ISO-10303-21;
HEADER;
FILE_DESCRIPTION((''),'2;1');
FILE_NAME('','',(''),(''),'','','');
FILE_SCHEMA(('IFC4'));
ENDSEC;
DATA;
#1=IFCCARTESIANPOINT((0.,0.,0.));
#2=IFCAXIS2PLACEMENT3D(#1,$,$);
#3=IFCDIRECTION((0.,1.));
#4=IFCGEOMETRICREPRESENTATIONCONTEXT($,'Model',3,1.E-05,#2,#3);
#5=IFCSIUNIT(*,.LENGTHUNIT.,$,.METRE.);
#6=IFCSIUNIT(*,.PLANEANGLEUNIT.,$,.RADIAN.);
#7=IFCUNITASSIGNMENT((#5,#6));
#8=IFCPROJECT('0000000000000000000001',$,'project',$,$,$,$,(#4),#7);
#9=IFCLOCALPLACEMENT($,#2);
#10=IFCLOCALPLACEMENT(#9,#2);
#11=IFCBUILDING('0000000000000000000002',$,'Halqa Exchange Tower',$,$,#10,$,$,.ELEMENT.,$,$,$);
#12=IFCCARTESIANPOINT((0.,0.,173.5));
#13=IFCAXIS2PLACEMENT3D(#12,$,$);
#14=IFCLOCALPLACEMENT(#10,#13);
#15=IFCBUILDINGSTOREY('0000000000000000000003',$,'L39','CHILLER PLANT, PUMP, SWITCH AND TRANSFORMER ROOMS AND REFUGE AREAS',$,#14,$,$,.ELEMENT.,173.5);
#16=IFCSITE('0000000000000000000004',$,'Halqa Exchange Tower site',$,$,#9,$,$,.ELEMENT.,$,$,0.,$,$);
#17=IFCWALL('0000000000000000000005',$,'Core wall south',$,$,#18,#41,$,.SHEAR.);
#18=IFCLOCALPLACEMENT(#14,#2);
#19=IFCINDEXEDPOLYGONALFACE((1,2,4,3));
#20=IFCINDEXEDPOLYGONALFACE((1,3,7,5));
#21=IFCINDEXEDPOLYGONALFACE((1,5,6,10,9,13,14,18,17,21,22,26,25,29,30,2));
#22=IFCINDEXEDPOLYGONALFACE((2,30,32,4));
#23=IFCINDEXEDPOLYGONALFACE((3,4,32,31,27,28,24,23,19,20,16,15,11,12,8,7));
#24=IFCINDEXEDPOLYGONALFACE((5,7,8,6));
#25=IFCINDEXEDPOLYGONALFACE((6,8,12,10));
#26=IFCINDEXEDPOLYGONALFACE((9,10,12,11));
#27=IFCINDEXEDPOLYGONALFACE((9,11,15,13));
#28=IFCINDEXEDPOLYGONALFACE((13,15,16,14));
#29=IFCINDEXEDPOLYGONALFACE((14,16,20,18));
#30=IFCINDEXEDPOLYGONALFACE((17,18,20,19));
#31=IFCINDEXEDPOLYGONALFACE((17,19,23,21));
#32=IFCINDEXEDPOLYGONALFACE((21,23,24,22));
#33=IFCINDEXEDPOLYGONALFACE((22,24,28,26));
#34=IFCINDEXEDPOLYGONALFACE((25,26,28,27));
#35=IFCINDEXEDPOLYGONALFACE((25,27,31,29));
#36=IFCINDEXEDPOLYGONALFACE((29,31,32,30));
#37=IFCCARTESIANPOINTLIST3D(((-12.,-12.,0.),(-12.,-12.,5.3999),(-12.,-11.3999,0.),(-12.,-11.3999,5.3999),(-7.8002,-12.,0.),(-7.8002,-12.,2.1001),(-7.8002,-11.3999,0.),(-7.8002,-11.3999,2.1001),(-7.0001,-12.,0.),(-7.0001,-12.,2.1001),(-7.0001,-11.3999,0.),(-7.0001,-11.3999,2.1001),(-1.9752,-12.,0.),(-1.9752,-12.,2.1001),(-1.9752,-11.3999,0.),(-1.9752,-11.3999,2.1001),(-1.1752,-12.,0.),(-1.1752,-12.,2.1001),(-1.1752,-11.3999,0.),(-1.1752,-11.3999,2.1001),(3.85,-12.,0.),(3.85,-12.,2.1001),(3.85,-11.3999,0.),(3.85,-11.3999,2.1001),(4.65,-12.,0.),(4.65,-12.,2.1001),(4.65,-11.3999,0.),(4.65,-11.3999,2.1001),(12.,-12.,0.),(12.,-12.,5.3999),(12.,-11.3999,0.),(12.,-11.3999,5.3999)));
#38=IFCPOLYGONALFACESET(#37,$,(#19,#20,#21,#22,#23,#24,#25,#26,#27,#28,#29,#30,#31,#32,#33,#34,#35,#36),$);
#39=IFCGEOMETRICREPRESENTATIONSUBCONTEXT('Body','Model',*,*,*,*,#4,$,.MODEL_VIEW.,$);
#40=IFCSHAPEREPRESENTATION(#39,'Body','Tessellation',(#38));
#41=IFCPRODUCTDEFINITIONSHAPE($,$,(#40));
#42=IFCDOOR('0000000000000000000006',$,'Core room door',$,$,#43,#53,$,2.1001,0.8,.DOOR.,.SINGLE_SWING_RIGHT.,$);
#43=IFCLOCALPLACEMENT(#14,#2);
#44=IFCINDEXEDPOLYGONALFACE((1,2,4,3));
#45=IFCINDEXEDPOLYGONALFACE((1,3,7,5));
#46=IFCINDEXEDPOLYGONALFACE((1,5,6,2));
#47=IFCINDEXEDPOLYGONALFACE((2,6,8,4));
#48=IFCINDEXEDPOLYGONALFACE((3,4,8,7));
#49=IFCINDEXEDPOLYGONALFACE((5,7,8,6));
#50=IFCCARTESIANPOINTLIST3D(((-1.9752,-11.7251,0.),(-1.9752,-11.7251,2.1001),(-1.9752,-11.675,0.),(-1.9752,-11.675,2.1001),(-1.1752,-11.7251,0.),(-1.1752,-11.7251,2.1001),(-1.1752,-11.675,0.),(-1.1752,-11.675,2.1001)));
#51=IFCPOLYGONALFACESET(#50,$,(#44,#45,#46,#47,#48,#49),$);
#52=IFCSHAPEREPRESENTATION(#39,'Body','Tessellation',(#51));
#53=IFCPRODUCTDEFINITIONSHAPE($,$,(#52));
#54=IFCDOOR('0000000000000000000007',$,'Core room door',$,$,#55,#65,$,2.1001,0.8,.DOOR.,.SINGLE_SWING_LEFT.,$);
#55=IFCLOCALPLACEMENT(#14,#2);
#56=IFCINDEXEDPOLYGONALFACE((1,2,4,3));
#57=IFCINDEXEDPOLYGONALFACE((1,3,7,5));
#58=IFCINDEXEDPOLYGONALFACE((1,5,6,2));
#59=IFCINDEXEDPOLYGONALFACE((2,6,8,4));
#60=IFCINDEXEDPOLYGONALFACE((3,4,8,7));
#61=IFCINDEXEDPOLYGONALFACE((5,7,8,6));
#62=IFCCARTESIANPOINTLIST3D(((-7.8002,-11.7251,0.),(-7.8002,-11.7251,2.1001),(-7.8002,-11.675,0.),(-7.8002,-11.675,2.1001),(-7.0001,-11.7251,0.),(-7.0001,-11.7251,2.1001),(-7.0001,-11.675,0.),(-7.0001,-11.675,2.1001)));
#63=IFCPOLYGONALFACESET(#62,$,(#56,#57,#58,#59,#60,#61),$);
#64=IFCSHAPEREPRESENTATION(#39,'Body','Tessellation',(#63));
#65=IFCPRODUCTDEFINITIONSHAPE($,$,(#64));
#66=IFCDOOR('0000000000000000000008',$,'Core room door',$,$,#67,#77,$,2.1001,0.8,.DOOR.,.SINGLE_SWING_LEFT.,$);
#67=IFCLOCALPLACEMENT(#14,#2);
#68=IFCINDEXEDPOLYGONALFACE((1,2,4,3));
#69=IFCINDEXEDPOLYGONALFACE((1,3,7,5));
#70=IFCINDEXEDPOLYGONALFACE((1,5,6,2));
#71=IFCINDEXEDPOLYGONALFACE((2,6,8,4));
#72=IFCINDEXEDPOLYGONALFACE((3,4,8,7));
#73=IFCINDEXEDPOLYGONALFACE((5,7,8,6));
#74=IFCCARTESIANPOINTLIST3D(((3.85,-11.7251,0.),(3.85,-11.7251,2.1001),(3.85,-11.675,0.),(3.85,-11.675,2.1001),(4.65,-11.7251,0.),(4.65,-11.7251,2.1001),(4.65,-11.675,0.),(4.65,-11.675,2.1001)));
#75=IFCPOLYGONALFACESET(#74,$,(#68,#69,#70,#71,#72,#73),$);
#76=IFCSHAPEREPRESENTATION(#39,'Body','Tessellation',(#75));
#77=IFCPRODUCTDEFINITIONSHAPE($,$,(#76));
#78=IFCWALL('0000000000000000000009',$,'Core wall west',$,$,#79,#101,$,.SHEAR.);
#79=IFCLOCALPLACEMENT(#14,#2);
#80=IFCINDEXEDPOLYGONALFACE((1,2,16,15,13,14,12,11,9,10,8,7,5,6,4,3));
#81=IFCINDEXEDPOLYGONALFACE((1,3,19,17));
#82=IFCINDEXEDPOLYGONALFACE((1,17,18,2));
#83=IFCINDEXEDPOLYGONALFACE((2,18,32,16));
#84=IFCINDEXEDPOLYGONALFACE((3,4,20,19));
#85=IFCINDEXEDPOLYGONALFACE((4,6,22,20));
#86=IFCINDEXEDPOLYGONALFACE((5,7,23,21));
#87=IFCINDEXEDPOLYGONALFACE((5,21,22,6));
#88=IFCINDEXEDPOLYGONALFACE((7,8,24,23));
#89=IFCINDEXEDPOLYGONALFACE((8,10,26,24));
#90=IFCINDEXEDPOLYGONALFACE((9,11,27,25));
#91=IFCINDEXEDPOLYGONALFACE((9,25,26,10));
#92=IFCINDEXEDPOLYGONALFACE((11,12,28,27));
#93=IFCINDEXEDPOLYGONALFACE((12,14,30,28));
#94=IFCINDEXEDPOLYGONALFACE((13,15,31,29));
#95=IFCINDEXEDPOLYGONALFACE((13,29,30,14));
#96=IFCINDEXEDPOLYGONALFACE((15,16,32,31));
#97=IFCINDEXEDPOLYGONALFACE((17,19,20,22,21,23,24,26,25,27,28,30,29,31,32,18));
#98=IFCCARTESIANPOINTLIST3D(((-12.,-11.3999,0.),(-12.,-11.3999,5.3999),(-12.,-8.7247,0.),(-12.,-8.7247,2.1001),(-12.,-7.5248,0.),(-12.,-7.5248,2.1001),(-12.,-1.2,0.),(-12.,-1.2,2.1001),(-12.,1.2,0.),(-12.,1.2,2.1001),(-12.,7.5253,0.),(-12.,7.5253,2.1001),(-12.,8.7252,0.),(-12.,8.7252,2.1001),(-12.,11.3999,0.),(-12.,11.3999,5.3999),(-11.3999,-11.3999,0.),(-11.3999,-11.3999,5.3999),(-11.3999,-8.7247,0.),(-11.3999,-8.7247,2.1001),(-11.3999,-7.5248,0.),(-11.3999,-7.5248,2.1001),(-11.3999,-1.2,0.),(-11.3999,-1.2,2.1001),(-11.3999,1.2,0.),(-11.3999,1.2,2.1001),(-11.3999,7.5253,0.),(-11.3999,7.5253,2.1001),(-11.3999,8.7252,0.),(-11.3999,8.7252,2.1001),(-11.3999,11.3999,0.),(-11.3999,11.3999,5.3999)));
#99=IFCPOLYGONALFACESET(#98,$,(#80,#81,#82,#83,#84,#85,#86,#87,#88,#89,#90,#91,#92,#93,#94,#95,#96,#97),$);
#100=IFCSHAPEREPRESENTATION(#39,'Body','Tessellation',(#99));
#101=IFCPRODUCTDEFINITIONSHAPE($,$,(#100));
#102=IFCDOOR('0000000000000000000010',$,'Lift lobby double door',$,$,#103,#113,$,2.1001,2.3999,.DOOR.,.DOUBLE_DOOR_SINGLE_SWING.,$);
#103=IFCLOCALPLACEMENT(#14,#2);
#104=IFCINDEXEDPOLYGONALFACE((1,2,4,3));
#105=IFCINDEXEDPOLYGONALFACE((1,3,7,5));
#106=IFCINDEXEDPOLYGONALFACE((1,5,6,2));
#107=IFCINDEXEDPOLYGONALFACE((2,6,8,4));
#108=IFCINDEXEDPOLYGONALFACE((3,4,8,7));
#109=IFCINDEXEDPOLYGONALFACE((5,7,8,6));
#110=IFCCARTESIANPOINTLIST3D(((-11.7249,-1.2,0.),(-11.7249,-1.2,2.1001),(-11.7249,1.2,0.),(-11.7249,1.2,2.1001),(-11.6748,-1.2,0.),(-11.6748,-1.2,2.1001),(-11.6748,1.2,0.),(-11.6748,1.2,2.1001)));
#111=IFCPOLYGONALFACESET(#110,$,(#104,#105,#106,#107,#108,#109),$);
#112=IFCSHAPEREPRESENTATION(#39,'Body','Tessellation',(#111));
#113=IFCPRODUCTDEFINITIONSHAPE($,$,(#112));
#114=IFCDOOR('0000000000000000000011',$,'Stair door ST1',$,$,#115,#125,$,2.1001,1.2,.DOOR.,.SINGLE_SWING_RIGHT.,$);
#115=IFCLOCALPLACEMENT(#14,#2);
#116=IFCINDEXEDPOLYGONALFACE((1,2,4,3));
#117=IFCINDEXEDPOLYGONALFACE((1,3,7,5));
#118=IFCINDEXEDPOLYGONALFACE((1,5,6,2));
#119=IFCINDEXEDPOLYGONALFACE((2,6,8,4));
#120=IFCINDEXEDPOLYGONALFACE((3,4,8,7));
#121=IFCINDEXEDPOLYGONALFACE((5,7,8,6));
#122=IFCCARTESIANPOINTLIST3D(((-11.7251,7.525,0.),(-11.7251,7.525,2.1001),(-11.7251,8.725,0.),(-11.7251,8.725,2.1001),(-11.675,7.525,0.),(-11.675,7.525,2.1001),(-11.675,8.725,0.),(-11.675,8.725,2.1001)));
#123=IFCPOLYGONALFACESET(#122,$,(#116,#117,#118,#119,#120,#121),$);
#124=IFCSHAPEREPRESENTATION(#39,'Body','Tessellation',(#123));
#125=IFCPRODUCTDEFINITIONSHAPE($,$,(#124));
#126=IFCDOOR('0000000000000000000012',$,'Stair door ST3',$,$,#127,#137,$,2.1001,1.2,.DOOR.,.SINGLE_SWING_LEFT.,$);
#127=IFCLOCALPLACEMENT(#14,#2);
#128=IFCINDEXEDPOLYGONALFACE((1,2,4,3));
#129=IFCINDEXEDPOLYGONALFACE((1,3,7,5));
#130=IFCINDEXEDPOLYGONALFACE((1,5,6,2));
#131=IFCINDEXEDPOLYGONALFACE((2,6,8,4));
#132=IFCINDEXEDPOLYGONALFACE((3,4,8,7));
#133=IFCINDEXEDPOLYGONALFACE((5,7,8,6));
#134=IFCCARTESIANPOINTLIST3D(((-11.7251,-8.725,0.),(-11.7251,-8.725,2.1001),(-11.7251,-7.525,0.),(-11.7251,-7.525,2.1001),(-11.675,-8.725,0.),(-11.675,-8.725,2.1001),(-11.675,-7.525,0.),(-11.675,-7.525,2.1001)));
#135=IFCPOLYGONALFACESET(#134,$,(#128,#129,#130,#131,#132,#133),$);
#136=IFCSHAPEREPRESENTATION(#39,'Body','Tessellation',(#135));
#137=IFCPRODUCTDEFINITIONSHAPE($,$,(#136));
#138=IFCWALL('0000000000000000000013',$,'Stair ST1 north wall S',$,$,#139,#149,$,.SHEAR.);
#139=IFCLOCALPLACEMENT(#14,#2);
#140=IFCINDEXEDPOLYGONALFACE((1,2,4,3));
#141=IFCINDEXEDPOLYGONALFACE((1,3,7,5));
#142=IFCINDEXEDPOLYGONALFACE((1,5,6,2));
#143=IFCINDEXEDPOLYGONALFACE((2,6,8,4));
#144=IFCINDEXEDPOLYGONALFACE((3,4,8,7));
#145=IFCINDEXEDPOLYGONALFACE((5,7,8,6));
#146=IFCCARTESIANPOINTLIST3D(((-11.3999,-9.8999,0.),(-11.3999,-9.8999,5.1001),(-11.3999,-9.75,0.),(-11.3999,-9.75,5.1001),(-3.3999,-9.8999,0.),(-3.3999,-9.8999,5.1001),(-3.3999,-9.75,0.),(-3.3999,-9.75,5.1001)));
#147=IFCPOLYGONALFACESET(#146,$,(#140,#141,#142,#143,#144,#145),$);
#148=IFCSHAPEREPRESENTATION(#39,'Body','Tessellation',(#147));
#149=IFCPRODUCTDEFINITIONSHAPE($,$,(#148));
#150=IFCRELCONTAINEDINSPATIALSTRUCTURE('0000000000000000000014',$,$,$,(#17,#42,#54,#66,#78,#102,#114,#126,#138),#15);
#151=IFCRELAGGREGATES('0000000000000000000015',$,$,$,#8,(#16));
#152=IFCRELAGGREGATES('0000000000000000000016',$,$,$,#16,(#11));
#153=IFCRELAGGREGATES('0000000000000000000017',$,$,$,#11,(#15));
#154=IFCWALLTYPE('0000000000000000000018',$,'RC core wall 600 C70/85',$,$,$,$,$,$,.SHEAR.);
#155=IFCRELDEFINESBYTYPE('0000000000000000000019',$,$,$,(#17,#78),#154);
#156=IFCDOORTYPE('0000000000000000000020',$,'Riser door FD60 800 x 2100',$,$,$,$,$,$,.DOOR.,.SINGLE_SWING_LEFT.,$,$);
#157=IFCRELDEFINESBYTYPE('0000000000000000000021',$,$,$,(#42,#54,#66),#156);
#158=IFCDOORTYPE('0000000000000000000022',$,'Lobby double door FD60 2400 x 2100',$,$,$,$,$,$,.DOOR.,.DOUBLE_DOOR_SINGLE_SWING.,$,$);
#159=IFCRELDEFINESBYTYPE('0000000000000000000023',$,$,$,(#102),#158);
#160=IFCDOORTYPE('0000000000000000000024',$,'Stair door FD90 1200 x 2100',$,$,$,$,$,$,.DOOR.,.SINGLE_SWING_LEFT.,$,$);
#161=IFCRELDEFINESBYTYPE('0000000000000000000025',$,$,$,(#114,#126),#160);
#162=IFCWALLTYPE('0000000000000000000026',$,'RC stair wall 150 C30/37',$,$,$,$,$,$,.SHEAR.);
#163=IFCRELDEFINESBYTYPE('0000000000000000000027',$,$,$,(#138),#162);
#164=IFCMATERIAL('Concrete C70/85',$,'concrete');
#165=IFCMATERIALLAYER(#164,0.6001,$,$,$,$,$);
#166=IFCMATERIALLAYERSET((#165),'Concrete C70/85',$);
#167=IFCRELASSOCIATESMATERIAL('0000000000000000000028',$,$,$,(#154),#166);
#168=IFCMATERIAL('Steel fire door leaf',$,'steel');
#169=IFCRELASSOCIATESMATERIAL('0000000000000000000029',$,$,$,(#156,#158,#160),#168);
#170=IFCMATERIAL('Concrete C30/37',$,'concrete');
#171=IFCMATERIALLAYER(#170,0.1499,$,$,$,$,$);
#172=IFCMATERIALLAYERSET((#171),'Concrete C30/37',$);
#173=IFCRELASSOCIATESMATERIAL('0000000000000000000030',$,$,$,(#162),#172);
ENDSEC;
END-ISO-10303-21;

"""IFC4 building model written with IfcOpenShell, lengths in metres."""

from ifc_helpers import new_model, si_unit, direction, frame, frame_2d, origin, place, context, subcontext, project, spatial, rectangle, extrude, material, layer, layer_set, type_object, element, fill, save


model = new_model("IFC4")

# Units and contexts
model_context = context("Model", 3, precision=1e-05, world=origin(), true_north=direction((0.0, 1.0)))
body_context = subcontext(model_context, "Body", "Model", "MODEL_VIEW")
ifc_project = project(units=[si_unit("LENGTHUNIT", "METRE"), si_unit("PLANEANGLEUNIT", "RADIAN")], contexts=[model_context])

# Site, building, storey
site_placement = place(None, origin())
site = spatial("IfcSite", under=ifc_project, at=site_placement, Name="Halqa Exchange Tower site", CompositionType="ELEMENT", RefElevation=0.0)
building_placement = place(site_placement, origin())
building = spatial("IfcBuilding", under=site, at=building_placement, Name="Halqa Exchange Tower", CompositionType="ELEMENT")
storey_placement = place(building_placement, frame((0.0, 0.0, 173.5)))
storey = spatial("IfcBuildingStorey", under=building, at=storey_placement, Name="L39", Description="CHILLER PLANT, PUMP, SWITCH AND TRANSFORMER ROOMS AND REFUGE AREAS", CompositionType="ELEMENT", Elevation=173.5)

# Shared definitions
ifc_material_1 = material(Name="Concrete C70/85", Category="concrete")

# Walls, openings, doors
ifc_layer_1 = layer(ifc_material_1, 0.6001)
ifc_layer_set_1 = layer_set([ifc_layer_1], Name="Concrete C70/85")
wall_type_1 = type_object("IfcWallType", Name="RC core wall 600 C70/85", PredefinedType="SHEAR", material=ifc_layer_set_1)
wall_1_placement = place(storey_placement, frame((-12.0, -11.7, 0.0), z_axis=(0.0, 0.0, 1.0), x_axis=(1.0, 0.0, 0.0)))
wall_1 = element("IfcWall", 1, at=wall_1_placement, inside=storey, type_object=wall_type_1, Name="Core wall south", PredefinedType="SHEAR", context=body_context, shape_type="SweptSolid", body=[
    extrude(rectangle(XDim=24.0, YDim=0.6001, at=frame_2d((12.0, 0.0))), origin(), (0.0, 0.0, 1.0), 5.3999),
])
opening_1_placement = place(wall_1_placement, frame((10.0249, 0.0, 0.0)))
opening_1 = element("IfcOpeningElement", 2, at=opening_1_placement, cuts=wall_1, PredefinedType="OPENING", context=body_context, shape_type="SweptSolid", body=[
    extrude(rectangle(XDim=0.8, YDim=2.1001, at=frame_2d((0.3999, 1.05))), frame((0.0, 0.312, 0.0), z_axis=(0.0, -1.0, 0.0), x_axis=(1.0, 0.0, 0.0)), (0.0, 0.0, 1.0), 0.624),
])
opening_2_placement = place(wall_1_placement, frame((4.2, 0.0, 0.0)))
opening_2 = element("IfcOpeningElement", 3, at=opening_2_placement, cuts=wall_1, PredefinedType="OPENING", context=body_context, shape_type="SweptSolid", body=[
    extrude(rectangle(XDim=0.8, YDim=2.1001, at=frame_2d((0.3999, 1.05))), frame((0.0, 0.312, 0.0), z_axis=(0.0, -1.0, 0.0), x_axis=(1.0, 0.0, 0.0)), (0.0, 0.0, 1.0), 0.624),
])
opening_3_placement = place(wall_1_placement, frame((15.8501, 0.0, 0.0)))
opening_3 = element("IfcOpeningElement", 4, at=opening_3_placement, cuts=wall_1, PredefinedType="OPENING", context=body_context, shape_type="SweptSolid", body=[
    extrude(rectangle(XDim=0.8, YDim=2.1001, at=frame_2d((0.3999, 1.05))), frame((0.0, 0.312, 0.0), z_axis=(0.0, -1.0, 0.0), x_axis=(1.0, 0.0, 0.0)), (0.0, 0.0, 1.0), 0.624),
])
ifc_material_2 = material(Name="Steel fire door leaf", Category="steel")
door_type_1 = type_object("IfcDoorType", Name="Riser door FD60 800 x 2100", OperationType="SINGLE_SWING_LEFT", PredefinedType="DOOR", material=ifc_material_2)
door_1_placement = place(opening_1_placement, origin())
door_1 = element("IfcDoor", 5, at=door_1_placement, inside=storey, type_object=door_type_1, Name="Core room door", OperationType="SINGLE_SWING_RIGHT", OverallHeight=2.1001, OverallWidth=0.8, PredefinedType="DOOR", context=body_context, shape_type="SweptSolid", body=[
    extrude(rectangle(XDim=0.8, YDim=2.1001, at=frame_2d((0.3999, 1.05))), frame((0.0, 0.0249, 0.0), z_axis=(0.0, -1.0, 0.0), x_axis=(1.0, 0.0, 0.0)), (0.0, 0.0, 1.0), 0.05),
])
fill(opening_1, door_1)
door_2_placement = place(opening_2_placement, origin())
door_2 = element("IfcDoor", 6, at=door_2_placement, inside=storey, type_object=door_type_1, Name="Core room door", OperationType="SINGLE_SWING_LEFT", OverallHeight=2.1001, OverallWidth=0.8, PredefinedType="DOOR", context=body_context, shape_type="SweptSolid", body=[
    extrude(rectangle(XDim=0.8, YDim=2.1001, at=frame_2d((0.3999, 1.05))), frame((0.0, 0.0249, 0.0), z_axis=(0.0, -1.0, 0.0), x_axis=(1.0, 0.0, 0.0)), (0.0, 0.0, 1.0), 0.05),
])
fill(opening_2, door_2)
door_3_placement = place(opening_3_placement, origin())
door_3 = element("IfcDoor", 7, at=door_3_placement, inside=storey, type_object=door_type_1, Name="Core room door", OperationType="SINGLE_SWING_LEFT", OverallHeight=2.1001, OverallWidth=0.8, PredefinedType="DOOR", context=body_context, shape_type="SweptSolid", body=[
    extrude(rectangle(XDim=0.8, YDim=2.1001, at=frame_2d((0.3999, 1.05))), frame((0.0, 0.0249, 0.0), z_axis=(0.0, -1.0, 0.0), x_axis=(1.0, 0.0, 0.0)), (0.0, 0.0, 1.0), 0.05),
])
fill(opening_3, door_3)
wall_2_placement = place(storey_placement, frame((-11.7, -11.3999, 0.0), z_axis=(0.0, 0.0, 1.0), x_axis=(0.0, 1.0, 0.0)))
wall_2 = element("IfcWall", 8, at=wall_2_placement, inside=storey, type_object=wall_type_1, Name="Core wall west", PredefinedType="SHEAR", context=body_context, shape_type="SweptSolid", body=[
    extrude(rectangle(XDim=22.7998, YDim=0.6001, at=frame_2d((11.3999, 0.0))), origin(), (0.0, 0.0, 1.0), 5.3999),
])
opening_4_placement = place(wall_2_placement, frame((10.2, 0.0, 0.0)))
opening_4 = element("IfcOpeningElement", 9, at=opening_4_placement, cuts=wall_2, PredefinedType="OPENING", context=body_context, shape_type="SweptSolid", body=[
    extrude(rectangle(XDim=2.3999, YDim=2.1001, at=frame_2d((1.2, 1.05))), frame((0.0, 0.312, 0.0), z_axis=(0.0, -1.0, 0.0), x_axis=(1.0, 0.0, 0.0)), (0.0, 0.0, 1.0), 0.624),
])
opening_5_placement = place(wall_2_placement, frame((18.925, 0.0, 0.0)))
opening_5 = element("IfcOpeningElement", 10, at=opening_5_placement, cuts=wall_2, PredefinedType="OPENING", context=body_context, shape_type="SweptSolid", body=[
    extrude(rectangle(XDim=1.2, YDim=2.1001, at=frame_2d((0.6001, 1.05))), frame((0.0, 0.312, 0.0), z_axis=(0.0, -1.0, 0.0), x_axis=(1.0, 0.0, 0.0)), (0.0, 0.0, 1.0), 0.624),
])
opening_6_placement = place(wall_2_placement, frame((2.675, 0.0, 0.0)))
opening_6 = element("IfcOpeningElement", 11, at=opening_6_placement, cuts=wall_2, PredefinedType="OPENING", context=body_context, shape_type="SweptSolid", body=[
    extrude(rectangle(XDim=1.2, YDim=2.1001, at=frame_2d((0.6001, 1.05))), frame((0.0, 0.312, 0.0), z_axis=(0.0, -1.0, 0.0), x_axis=(1.0, 0.0, 0.0)), (0.0, 0.0, 1.0), 0.624),
])
door_type_2 = type_object("IfcDoorType", Name="Lobby double door FD60 2400 x 2100", OperationType="DOUBLE_DOOR_SINGLE_SWING", PredefinedType="DOOR", material=ifc_material_2)
door_4_placement = place(opening_4_placement, origin())
door_4 = element("IfcDoor", 12, at=door_4_placement, inside=storey, type_object=door_type_2, Name="Lift lobby double door", OperationType="DOUBLE_DOOR_SINGLE_SWING", OverallHeight=2.1001, OverallWidth=2.3999, PredefinedType="DOOR", context=body_context, shape_type="SweptSolid", body=[
    extrude(rectangle(XDim=2.3999, YDim=2.1001, at=frame_2d((1.2, 1.05))), frame((0.0, 0.0249, 0.0), z_axis=(0.0, -1.0, 0.0), x_axis=(1.0, 0.0, 0.0)), (0.0, 0.0, 1.0), 0.05),
])
fill(opening_4, door_4)
door_type_3 = type_object("IfcDoorType", Name="Stair door FD90 1200 x 2100", OperationType="SINGLE_SWING_LEFT", PredefinedType="DOOR", material=ifc_material_2)
door_5_placement = place(opening_5_placement, frame((1.2, 0.0, 0.0), z_axis=(0.0, 0.0, 1.0), x_axis=(-1.0, 0.0, 0.0)))
door_5 = element("IfcDoor", 13, at=door_5_placement, inside=storey, type_object=door_type_3, Name="Stair door ST1", OperationType="SINGLE_SWING_RIGHT", OverallHeight=2.1001, OverallWidth=1.2, PredefinedType="DOOR", context=body_context, shape_type="SweptSolid", body=[
    extrude(rectangle(XDim=1.2, YDim=2.1001, at=frame_2d((0.6001, 1.05))), frame((0.0, 0.0249, 0.0), z_axis=(0.0, -1.0, 0.0), x_axis=(1.0, 0.0, 0.0)), (0.0, 0.0, 1.0), 0.05),
])
fill(opening_5, door_5)
door_6_placement = place(opening_6_placement, frame((1.2, 0.0, 0.0), z_axis=(0.0, 0.0, 1.0), x_axis=(-1.0, 0.0, 0.0)))
door_6 = element("IfcDoor", 14, at=door_6_placement, inside=storey, type_object=door_type_3, Name="Stair door ST3", OperationType="SINGLE_SWING_LEFT", OverallHeight=2.1001, OverallWidth=1.2, PredefinedType="DOOR", context=body_context, shape_type="SweptSolid", body=[
    extrude(rectangle(XDim=1.2, YDim=2.1001, at=frame_2d((0.6001, 1.05))), frame((0.0, 0.0249, 0.0), z_axis=(0.0, -1.0, 0.0), x_axis=(1.0, 0.0, 0.0)), (0.0, 0.0, 1.0), 0.05),
])
fill(opening_6, door_6)

# Wall
ifc_material_3 = material(Name="Concrete C30/37", Category="concrete")
ifc_layer_2 = layer(ifc_material_3, 0.1499)
ifc_layer_set_2 = layer_set([ifc_layer_2], Name="Concrete C30/37")
wall_type_2 = type_object("IfcWallType", Name="RC stair wall 150 C30/37", PredefinedType="SHEAR", material=ifc_layer_set_2)
wall_3_placement = place(storey_placement, frame((-11.3999, -9.825, 0.0), z_axis=(0.0, 0.0, 1.0), x_axis=(1.0, 0.0, 0.0)))
element("IfcWall", 15, at=wall_3_placement, inside=storey, type_object=wall_type_2, Name="Stair ST1 north wall S", PredefinedType="SHEAR", context=body_context, shape_type="SweptSolid", body=[
    extrude(rectangle(XDim=8.0, YDim=0.1499, at=frame_2d((4.0, 0.0))), origin(), (0.0, 0.0, 1.0), 5.1001),
])

save(model, "model.ifc")
